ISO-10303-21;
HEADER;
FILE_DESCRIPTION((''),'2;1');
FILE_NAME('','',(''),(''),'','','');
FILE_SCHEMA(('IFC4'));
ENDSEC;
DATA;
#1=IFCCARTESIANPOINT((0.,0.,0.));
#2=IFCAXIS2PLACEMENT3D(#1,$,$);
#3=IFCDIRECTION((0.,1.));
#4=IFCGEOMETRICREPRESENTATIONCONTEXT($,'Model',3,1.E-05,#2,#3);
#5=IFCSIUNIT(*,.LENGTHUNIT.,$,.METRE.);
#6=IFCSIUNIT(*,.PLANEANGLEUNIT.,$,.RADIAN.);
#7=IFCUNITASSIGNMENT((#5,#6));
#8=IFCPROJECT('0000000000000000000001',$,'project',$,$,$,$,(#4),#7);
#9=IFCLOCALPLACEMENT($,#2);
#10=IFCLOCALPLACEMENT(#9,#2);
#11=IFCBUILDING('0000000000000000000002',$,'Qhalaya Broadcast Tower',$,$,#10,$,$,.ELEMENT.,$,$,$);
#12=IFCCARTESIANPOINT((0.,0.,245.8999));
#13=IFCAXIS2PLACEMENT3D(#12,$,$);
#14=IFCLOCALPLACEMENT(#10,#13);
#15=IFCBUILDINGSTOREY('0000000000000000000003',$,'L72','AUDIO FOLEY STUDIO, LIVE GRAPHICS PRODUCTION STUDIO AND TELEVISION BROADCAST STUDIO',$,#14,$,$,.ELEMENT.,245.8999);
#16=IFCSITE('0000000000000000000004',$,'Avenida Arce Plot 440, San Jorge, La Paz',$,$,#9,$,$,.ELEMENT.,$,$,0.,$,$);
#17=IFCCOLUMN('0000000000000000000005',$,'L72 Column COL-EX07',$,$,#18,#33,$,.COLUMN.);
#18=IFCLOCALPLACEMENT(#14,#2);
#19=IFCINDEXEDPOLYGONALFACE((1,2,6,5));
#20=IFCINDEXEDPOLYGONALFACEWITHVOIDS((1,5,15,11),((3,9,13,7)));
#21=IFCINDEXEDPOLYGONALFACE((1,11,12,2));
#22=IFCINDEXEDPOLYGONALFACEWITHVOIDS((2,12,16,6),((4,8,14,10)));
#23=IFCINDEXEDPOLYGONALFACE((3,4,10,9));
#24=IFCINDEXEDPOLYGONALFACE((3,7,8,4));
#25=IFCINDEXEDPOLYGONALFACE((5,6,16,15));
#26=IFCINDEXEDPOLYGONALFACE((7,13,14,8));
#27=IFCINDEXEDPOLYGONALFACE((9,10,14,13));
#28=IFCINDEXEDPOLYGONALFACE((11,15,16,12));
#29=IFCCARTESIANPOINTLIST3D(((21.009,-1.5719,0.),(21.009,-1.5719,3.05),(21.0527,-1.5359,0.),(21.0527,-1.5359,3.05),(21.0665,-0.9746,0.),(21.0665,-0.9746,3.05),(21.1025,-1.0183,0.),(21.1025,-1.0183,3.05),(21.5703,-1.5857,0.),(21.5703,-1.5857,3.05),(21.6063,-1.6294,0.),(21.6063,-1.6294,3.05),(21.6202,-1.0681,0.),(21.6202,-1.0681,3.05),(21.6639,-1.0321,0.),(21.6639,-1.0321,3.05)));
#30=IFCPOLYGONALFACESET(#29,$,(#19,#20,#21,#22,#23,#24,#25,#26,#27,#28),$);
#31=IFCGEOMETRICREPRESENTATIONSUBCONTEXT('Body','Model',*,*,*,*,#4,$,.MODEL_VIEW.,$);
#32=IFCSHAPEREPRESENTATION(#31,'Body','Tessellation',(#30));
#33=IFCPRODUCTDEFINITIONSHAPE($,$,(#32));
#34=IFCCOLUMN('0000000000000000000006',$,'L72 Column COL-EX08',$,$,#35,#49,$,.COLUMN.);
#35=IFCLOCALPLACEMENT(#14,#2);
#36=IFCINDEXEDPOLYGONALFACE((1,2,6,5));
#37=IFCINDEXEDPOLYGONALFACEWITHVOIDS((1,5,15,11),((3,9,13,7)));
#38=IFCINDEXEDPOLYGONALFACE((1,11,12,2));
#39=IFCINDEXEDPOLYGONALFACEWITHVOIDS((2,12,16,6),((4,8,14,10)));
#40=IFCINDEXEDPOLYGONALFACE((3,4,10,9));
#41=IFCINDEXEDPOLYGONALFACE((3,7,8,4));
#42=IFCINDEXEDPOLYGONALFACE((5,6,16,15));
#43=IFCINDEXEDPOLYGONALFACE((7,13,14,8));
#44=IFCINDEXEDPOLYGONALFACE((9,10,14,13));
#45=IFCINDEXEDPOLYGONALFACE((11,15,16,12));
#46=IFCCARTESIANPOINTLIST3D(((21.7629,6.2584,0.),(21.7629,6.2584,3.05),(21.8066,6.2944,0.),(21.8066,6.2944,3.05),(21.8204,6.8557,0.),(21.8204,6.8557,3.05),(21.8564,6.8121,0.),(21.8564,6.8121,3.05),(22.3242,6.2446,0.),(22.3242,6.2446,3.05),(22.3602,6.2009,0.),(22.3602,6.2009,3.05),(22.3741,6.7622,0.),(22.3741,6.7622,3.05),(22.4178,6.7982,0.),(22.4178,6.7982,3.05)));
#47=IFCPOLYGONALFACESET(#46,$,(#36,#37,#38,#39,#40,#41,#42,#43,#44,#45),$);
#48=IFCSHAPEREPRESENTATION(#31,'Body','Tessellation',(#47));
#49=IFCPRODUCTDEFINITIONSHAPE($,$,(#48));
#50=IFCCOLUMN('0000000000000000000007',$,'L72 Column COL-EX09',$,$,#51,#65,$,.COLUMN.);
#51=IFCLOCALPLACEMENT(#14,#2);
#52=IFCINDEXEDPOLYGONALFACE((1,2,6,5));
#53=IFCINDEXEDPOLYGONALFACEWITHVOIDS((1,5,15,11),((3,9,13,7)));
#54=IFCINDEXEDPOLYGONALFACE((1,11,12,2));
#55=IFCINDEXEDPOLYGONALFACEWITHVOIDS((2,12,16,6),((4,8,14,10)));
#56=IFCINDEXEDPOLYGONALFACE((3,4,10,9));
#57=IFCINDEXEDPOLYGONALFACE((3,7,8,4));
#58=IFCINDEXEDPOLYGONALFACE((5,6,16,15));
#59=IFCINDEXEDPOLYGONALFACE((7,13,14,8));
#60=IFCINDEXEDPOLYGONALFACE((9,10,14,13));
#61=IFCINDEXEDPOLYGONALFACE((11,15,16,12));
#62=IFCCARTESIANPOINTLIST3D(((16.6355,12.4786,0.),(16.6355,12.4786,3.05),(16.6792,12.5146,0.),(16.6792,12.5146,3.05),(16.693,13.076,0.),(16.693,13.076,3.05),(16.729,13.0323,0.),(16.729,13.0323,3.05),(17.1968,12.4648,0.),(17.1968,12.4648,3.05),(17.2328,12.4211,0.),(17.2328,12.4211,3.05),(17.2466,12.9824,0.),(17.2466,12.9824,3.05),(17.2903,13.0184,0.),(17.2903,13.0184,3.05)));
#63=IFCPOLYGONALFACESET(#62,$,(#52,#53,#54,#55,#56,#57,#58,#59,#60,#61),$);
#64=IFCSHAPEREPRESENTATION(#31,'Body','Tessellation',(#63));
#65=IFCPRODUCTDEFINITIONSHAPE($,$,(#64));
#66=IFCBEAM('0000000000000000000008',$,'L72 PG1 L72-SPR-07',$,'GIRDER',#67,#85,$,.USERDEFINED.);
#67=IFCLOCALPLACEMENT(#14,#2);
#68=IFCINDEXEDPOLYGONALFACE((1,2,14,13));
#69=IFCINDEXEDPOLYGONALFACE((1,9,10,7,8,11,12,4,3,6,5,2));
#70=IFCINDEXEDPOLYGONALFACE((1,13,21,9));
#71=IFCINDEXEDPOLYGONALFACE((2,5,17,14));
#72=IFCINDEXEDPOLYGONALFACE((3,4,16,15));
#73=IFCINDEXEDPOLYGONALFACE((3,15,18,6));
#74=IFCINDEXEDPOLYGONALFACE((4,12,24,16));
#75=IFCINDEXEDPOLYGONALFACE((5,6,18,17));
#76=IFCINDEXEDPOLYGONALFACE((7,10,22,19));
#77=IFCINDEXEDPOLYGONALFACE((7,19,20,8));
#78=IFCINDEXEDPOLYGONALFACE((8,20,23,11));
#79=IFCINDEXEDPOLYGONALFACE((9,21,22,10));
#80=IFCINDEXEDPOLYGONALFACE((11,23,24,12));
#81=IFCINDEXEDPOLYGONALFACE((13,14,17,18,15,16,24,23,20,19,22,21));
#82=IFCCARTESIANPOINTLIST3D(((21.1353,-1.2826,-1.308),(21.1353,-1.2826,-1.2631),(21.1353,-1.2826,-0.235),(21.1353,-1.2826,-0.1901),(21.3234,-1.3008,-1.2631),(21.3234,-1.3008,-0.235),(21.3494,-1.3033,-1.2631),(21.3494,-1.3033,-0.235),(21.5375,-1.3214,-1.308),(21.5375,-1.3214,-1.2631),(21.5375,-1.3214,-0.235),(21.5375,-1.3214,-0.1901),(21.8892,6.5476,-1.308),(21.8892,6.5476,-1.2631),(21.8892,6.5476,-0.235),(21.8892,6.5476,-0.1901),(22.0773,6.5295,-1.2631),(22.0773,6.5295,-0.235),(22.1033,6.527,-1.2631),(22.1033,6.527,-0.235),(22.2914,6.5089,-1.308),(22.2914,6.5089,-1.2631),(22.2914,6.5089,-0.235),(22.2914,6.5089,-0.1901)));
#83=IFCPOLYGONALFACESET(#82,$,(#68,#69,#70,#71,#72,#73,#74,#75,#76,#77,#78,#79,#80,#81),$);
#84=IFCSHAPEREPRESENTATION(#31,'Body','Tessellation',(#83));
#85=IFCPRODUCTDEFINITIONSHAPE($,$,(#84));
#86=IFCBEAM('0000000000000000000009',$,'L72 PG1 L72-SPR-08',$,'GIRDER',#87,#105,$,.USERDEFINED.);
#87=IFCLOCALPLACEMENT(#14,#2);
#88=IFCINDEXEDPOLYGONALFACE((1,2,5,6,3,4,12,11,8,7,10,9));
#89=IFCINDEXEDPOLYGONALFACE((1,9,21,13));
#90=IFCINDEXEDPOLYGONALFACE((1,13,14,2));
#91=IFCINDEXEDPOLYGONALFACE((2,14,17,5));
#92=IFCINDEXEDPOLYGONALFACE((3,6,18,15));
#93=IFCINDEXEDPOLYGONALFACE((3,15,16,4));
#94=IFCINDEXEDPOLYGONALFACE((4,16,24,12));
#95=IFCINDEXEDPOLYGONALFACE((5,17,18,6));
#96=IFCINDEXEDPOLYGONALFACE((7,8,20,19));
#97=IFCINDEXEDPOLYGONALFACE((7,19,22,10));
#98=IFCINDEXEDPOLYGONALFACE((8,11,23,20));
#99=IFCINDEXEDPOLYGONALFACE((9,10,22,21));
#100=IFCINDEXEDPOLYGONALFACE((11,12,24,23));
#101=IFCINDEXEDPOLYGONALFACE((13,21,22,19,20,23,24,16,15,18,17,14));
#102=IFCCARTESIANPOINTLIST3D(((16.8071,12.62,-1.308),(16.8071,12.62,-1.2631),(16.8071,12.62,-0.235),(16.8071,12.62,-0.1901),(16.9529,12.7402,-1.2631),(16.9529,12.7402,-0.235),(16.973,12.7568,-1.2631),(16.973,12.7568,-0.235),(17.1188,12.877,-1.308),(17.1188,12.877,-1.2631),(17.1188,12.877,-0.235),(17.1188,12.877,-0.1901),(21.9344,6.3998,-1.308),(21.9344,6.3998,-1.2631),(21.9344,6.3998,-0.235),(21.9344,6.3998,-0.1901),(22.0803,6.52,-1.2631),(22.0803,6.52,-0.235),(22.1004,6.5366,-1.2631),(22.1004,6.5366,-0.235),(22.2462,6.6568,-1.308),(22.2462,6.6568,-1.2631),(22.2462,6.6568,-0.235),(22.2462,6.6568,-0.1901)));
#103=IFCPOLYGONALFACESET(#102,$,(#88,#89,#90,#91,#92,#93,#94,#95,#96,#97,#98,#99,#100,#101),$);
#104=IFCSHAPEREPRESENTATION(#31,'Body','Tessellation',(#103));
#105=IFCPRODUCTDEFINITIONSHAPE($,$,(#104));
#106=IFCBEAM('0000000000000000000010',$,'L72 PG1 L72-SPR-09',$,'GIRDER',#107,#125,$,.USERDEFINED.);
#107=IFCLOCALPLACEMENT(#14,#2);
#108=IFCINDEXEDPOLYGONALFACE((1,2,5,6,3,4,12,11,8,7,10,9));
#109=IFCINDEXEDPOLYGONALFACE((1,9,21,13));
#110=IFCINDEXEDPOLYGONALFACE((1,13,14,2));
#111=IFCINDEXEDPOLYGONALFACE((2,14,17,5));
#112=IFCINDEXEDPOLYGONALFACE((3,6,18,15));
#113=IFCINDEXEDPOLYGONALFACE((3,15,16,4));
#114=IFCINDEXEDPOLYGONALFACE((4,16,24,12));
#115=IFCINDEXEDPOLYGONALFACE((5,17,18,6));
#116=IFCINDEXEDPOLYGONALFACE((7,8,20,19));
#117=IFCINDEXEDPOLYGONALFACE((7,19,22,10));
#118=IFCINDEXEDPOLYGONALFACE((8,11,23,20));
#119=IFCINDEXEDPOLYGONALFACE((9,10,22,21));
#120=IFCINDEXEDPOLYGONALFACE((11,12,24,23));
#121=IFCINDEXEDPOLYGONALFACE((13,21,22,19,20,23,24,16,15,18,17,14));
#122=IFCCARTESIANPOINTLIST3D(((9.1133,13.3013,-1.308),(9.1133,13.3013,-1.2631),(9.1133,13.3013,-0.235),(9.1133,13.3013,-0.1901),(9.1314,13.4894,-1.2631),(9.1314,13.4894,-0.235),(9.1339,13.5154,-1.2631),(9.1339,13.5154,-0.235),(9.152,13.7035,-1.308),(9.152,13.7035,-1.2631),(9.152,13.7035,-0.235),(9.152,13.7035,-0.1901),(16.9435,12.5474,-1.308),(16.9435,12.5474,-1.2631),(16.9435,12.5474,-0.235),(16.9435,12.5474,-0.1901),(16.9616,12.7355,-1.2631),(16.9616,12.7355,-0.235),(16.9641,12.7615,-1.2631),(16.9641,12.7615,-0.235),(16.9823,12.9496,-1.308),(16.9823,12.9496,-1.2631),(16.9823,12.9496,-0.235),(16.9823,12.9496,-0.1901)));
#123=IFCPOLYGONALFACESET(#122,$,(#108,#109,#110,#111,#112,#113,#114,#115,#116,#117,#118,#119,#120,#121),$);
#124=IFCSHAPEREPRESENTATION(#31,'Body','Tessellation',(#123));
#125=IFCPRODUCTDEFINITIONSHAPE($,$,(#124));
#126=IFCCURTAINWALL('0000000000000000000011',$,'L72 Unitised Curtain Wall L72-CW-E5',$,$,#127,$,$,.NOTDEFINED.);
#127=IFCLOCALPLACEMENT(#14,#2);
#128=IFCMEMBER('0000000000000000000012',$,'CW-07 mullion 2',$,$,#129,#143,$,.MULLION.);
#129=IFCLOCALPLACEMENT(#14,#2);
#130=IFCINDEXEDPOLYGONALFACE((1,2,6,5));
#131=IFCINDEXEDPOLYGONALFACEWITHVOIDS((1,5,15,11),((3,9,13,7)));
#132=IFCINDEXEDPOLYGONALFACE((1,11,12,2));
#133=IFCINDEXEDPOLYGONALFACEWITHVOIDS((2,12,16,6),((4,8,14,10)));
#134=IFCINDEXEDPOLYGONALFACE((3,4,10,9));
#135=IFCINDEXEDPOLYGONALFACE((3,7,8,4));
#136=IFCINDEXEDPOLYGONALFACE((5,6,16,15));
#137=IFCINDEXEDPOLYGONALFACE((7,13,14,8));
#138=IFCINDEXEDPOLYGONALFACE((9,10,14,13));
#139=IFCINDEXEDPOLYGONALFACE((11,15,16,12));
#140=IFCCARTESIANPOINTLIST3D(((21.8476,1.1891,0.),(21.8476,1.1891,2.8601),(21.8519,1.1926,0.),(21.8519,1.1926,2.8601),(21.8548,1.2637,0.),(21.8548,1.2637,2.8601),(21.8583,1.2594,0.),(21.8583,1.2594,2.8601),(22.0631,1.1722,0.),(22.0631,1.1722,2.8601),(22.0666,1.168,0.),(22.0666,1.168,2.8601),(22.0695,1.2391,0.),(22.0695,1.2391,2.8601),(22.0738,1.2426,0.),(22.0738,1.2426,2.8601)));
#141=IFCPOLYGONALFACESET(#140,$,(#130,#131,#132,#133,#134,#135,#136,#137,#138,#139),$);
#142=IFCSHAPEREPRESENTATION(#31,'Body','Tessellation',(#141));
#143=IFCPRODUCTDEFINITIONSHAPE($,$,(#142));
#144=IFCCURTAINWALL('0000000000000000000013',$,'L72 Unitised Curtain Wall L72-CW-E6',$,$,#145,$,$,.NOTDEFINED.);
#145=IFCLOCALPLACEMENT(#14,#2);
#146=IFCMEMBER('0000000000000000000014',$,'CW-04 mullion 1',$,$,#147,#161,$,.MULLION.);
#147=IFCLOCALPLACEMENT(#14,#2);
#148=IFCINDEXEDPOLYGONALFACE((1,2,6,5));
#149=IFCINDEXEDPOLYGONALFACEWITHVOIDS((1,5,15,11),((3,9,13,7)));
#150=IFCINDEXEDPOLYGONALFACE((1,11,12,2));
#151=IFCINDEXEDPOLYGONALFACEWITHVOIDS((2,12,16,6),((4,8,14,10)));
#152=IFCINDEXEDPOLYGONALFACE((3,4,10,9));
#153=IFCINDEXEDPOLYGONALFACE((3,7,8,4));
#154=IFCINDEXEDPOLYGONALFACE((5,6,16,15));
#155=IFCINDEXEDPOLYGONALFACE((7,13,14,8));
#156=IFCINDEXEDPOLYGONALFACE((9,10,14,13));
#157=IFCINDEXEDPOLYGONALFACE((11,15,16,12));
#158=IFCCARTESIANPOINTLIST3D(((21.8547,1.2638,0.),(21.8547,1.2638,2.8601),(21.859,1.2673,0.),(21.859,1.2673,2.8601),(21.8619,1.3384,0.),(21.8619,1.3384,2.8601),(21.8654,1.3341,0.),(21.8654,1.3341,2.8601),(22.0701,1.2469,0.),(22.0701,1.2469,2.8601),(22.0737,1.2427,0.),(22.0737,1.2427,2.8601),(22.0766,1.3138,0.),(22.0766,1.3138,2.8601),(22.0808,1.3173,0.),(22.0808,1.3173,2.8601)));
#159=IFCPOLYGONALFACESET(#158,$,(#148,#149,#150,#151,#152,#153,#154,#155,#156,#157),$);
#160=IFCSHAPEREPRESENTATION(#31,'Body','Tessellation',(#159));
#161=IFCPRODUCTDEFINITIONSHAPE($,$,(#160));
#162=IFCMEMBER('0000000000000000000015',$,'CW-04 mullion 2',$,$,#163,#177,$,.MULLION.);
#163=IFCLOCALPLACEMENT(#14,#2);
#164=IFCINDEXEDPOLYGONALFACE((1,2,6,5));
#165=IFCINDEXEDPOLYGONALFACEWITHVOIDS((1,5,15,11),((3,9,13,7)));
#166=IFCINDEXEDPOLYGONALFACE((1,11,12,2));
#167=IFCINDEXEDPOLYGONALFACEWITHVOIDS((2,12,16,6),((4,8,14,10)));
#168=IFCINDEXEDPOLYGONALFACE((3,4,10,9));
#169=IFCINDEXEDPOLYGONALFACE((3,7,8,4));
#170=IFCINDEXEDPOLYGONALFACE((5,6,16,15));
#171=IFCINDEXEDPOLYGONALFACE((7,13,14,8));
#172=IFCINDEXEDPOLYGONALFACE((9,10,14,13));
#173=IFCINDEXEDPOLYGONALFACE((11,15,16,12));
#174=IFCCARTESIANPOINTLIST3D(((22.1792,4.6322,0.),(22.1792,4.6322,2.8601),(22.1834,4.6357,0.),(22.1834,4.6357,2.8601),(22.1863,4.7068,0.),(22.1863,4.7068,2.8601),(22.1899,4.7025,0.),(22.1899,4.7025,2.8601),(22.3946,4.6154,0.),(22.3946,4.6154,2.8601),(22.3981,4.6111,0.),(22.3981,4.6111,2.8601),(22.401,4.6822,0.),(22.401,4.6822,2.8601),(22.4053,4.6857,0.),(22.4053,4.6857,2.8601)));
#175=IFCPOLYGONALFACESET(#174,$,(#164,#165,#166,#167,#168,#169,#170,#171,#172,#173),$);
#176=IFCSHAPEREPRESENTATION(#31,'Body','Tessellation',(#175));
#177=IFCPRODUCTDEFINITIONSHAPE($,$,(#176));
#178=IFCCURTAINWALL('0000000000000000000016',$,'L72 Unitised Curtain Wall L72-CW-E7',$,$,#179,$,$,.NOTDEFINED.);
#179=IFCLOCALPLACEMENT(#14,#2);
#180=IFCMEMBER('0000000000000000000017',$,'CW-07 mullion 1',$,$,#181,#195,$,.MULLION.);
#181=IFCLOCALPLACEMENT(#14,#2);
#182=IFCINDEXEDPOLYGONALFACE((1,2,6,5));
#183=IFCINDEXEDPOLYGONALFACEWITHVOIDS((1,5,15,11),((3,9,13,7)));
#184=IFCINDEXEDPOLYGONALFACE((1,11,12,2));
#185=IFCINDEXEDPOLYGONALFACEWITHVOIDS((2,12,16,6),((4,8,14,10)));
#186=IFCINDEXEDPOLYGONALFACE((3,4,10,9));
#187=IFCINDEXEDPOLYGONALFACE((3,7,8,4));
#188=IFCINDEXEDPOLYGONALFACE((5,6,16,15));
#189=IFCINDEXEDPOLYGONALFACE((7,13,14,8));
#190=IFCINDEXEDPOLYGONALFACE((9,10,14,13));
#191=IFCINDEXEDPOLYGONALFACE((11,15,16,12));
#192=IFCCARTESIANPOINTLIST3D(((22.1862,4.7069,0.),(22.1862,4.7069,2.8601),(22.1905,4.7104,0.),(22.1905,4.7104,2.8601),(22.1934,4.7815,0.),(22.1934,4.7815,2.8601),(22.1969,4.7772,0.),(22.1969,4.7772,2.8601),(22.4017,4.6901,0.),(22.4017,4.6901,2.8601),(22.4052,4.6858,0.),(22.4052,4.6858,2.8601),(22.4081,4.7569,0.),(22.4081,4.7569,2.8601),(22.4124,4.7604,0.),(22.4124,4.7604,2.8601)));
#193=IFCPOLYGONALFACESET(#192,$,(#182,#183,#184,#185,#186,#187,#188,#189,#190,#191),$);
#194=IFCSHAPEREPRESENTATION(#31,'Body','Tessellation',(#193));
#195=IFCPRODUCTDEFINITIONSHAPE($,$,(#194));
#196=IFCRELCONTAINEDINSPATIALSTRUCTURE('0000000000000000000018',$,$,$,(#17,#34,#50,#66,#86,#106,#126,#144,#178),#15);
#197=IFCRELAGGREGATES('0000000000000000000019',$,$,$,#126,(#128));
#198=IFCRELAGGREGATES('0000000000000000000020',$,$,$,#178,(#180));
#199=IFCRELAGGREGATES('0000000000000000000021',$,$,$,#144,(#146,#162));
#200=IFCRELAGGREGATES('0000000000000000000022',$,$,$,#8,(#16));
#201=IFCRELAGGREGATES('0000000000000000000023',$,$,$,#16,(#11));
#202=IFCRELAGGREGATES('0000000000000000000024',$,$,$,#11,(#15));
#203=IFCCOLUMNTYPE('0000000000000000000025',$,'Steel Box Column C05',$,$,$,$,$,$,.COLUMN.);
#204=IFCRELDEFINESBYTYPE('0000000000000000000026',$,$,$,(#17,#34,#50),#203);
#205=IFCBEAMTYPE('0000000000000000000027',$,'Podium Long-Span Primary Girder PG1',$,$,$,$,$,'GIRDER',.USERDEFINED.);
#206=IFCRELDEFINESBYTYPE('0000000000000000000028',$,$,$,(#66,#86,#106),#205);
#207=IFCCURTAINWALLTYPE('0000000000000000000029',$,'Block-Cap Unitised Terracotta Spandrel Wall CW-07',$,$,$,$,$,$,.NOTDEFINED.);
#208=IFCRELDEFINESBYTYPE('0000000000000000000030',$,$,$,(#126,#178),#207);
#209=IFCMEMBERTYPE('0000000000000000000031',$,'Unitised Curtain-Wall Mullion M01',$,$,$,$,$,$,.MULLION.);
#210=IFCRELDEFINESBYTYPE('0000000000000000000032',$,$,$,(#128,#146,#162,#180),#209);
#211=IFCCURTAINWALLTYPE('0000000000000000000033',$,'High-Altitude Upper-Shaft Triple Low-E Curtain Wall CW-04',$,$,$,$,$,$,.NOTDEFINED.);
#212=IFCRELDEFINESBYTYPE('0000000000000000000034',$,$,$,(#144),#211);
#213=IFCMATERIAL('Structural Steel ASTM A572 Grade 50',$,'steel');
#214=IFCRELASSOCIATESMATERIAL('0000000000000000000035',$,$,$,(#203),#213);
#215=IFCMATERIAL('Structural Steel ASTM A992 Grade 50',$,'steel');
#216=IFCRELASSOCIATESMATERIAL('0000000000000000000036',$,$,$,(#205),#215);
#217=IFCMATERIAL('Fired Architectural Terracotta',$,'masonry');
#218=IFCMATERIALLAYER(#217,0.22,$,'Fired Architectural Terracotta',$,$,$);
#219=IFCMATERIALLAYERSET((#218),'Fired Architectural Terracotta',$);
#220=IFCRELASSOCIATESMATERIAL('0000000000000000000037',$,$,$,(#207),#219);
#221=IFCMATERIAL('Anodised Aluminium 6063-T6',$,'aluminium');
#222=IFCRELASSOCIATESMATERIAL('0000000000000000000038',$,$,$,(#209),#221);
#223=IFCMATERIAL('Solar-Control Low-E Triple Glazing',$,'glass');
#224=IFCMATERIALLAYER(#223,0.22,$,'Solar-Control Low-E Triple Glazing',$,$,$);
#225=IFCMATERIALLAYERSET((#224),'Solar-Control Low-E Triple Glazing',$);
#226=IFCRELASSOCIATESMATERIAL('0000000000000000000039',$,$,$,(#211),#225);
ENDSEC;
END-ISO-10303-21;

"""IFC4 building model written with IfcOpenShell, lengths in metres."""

from ifc_helpers import new_model, si_unit, direction, frame, origin, origin_2d, place, context, subcontext, project, spatial, hollow_rectangle, i_section, extrude, material, layer, layer_set, material_profile, profile_set, type_object, element, aggregate, save


model = new_model("IFC4")

# Units and contexts
model_context = context("Model", 3, precision=1e-05, world=origin(), true_north=direction((0.0, 1.0)))
body_context = subcontext(model_context, "Body", "Model", "MODEL_VIEW")
ifc_project = project(units=[si_unit("LENGTHUNIT", "METRE"), si_unit("PLANEANGLEUNIT", "RADIAN")], contexts=[model_context])

# Site, building, storey
site_placement = place(None, origin())
site = spatial("IfcSite", under=ifc_project, at=site_placement, Name="Avenida Arce Plot 440, San Jorge, La Paz", CompositionType="ELEMENT", RefElevation=0.0)
building_placement = place(site_placement, origin())
building = spatial("IfcBuilding", under=site, at=building_placement, Name="Qhalaya Broadcast Tower", CompositionType="ELEMENT")
storey_placement = place(building_placement, frame((0.0, 0.0, 245.8999)))
storey = spatial("IfcBuildingStorey", under=building, at=storey_placement, Name="L72", Description="AUDIO FOLEY STUDIO, LIVE GRAPHICS PRODUCTION STUDIO AND TELEVISION BROADCAST STUDIO", CompositionType="ELEMENT", Elevation=245.8999)

# Columns
ifc_material_1 = material(Name="Structural Steel ASTM A572 Grade 50", Category="steel")
ifc_material_profile_1 = material_profile(ifc_material_1, hollow_rectangle(XDim=0.6001, YDim=0.6001, WallThickness=0.04, at=origin_2d()), Name="BOX 600x600x40")
ifc_profile_set_1 = profile_set([ifc_material_profile_1], Name="Structural Steel ASTM A572 Grade 50")
column_type = type_object("IfcColumnType", Name="Steel Box Column C05", PredefinedType="COLUMN", material=ifc_profile_set_1)
for number, where, z_axis, x_axis, name in (
    (1, (21.3364, -1.302, 0.0), (0.0, 0.0, 1.0), (0.095846, 0.995396, 0.0), "L72 Column COL-EX07"),
    (2, (22.0903, 6.5283, 0.0), (0.0, 0.0, 1.0), (0.095846, 0.995396, 0.0), "L72 Column COL-EX08"),
    (3, (16.9629, 12.7485, 0.0), (0.0, 0.0, 1.0), (0.995396, -0.095846, 0.0), "L72 Column COL-EX09"),
):
    element("IfcColumn", number, at=place(storey_placement, frame(where, z_axis=z_axis, x_axis=x_axis)), inside=storey, type_object=column_type, Name=name, PredefinedType="COLUMN", context=body_context, shape_type="SweptSolid", body=[
        extrude(hollow_rectangle(XDim=0.6001, YDim=0.6001, WallThickness=0.04, at=origin_2d()), origin(), (0.0, 0.0, 1.0), 3.05),
    ])

# Beams
ifc_material_2 = material(Name="Structural Steel ASTM A992 Grade 50", Category="steel")
ifc_material_profile_2 = material_profile(ifc_material_2, i_section(OverallWidth=0.4041, OverallDepth=1.1179, WebThickness=0.0261, FlangeThickness=0.0449, at=origin_2d()), Name="W44X335")
ifc_profile_set_2 = profile_set([ifc_material_profile_2], Name="Structural Steel ASTM A992 Grade 50")
beam_type = type_object("IfcBeamType", Name="Podium Long-Span Primary Girder PG1", ElementType="GIRDER", PredefinedType="USERDEFINED", material=ifc_profile_set_2)
beam_1_placement = place(storey_placement, frame((21.3364, -1.302, -0.749), z_axis=(0.095837, 0.995397, 0.0), x_axis=(-0.995397, 0.095837, 0.0)))
element("IfcBeam", 4, at=beam_1_placement, inside=storey, type_object=beam_type, Name="L72 PG1 L72-SPR-07", ObjectType="GIRDER", PredefinedType="USERDEFINED", context=body_context, shape_type="SweptSolid", body=[
    extrude(i_section(OverallWidth=0.4041, OverallDepth=1.1179, WebThickness=0.0261, FlangeThickness=0.0449, at=origin_2d()), origin(), (0.0, 0.0, 1.0), 7.8665),
])
beam_2_placement = place(storey_placement, frame((22.0903, 6.5283, -0.749), z_axis=(-0.63607, 0.771631, 0.0), x_axis=(-0.771631, -0.63607, 0.0)))
element("IfcBeam", 5, at=beam_2_placement, inside=storey, type_object=beam_type, Name="L72 PG1 L72-SPR-08", ObjectType="GIRDER", PredefinedType="USERDEFINED", context=body_context, shape_type="SweptSolid", body=[
    extrude(i_section(OverallWidth=0.4041, OverallDepth=1.1179, WebThickness=0.0261, FlangeThickness=0.0449, at=origin_2d()), origin(), (0.0, 0.0, 1.0), 8.061),
])
beam_3_placement = place(storey_placement, frame((16.9629, 12.7485, -0.749), z_axis=(-0.995397, 0.095837, 0.0), x_axis=(-0.095837, -0.995397, 0.0)))
element("IfcBeam", 6, at=beam_3_placement, inside=storey, type_object=beam_type, Name="L72 PG1 L72-SPR-09", ObjectType="GIRDER", PredefinedType="USERDEFINED", context=body_context, shape_type="SweptSolid", body=[
    extrude(i_section(OverallWidth=0.4041, OverallDepth=1.1179, WebThickness=0.0261, FlangeThickness=0.0449, at=origin_2d()), origin(), (0.0, 0.0, 1.0), 7.8665),
])

# Curtain wall, member
ifc_material_3 = material(Name="Fired Architectural Terracotta", Category="masonry")
ifc_layer_1 = layer(ifc_material_3, 0.22, Name="Fired Architectural Terracotta")
ifc_layer_set_1 = layer_set([ifc_layer_1], Name="Fired Architectural Terracotta")
curtain_wall_type_1 = type_object("IfcCurtainWallType", Name="Block-Cap Unitised Terracotta Spandrel Wall CW-07", PredefinedType="NOTDEFINED", material=ifc_layer_set_1)
curtain_wall_1_placement = place(storey_placement, origin())
curtain_wall_1 = element("IfcCurtainWall", 7, at=curtain_wall_1_placement, inside=storey, type_object=curtain_wall_type_1, Name="L72 Unitised Curtain Wall L72-CW-E5", PredefinedType="NOTDEFINED")
ifc_material_4 = material(Name="Anodised Aluminium 6063-T6", Category="aluminium")
ifc_material_profile_3 = material_profile(ifc_material_4, hollow_rectangle(XDim=0.075, YDim=0.22, WallThickness=0.0039, at=origin_2d()), Name="ALU-MUL 75x220x4")
ifc_profile_set_3 = profile_set([ifc_material_profile_3], Name="Anodised Aluminium 6063-T6")
member_type_1 = type_object("IfcMemberType", Name="Unitised Curtain-Wall Mullion M01", PredefinedType="MULLION", material=ifc_profile_set_3)
member_1_placement = place(storey_placement, frame((21.9607, 1.2158, 0.0), z_axis=(0.0, 0.0, 1.0), x_axis=(0.09586, 0.995395, 0.0)))
member_1 = element("IfcMember", 8, at=member_1_placement, type_object=member_type_1, Name="CW-07 mullion 2", PredefinedType="MULLION", context=body_context, shape_type="SweptSolid", body=[
    extrude(hollow_rectangle(XDim=0.075, YDim=0.22, WallThickness=0.0039, at=origin_2d()), origin(), (0.0, 0.0, 1.0), 2.8601),
])

# Curtain walls, members
ifc_material_5 = material(Name="Solar-Control Low-E Triple Glazing", Category="glass")
ifc_layer_2 = layer(ifc_material_5, 0.22, Name="Solar-Control Low-E Triple Glazing")
ifc_layer_set_2 = layer_set([ifc_layer_2], Name="Solar-Control Low-E Triple Glazing")
curtain_wall_type_2 = type_object("IfcCurtainWallType", Name="High-Altitude Upper-Shaft Triple Low-E Curtain Wall CW-04", PredefinedType="NOTDEFINED", material=ifc_layer_set_2)
curtain_wall_2_placement = place(storey_placement, origin())
curtain_wall_2 = element("IfcCurtainWall", 9, at=curtain_wall_2_placement, inside=storey, type_object=curtain_wall_type_2, Name="L72 Unitised Curtain Wall L72-CW-E6", PredefinedType="NOTDEFINED")
member_2_placement = place(storey_placement, frame((21.9678, 1.2905, 0.0), z_axis=(0.0, 0.0, 1.0), x_axis=(0.095839, 0.995397, 0.0)))
member_2 = element("IfcMember", 10, at=member_2_placement, type_object=member_type_1, Name="CW-04 mullion 1", PredefinedType="MULLION", context=body_context, shape_type="SweptSolid", body=[
    extrude(hollow_rectangle(XDim=0.075, YDim=0.22, WallThickness=0.0039, at=origin_2d()), origin(), (0.0, 0.0, 1.0), 2.8601),
])
member_3_placement = place(storey_placement, frame((22.2922, 4.6589, 0.0), z_axis=(0.0, 0.0, 1.0), x_axis=(0.095839, 0.995397, 0.0)))
member_3 = element("IfcMember", 11, at=member_3_placement, type_object=member_type_1, Name="CW-04 mullion 2", PredefinedType="MULLION", context=body_context, shape_type="SweptSolid", body=[
    extrude(hollow_rectangle(XDim=0.075, YDim=0.22, WallThickness=0.0039, at=origin_2d()), origin(), (0.0, 0.0, 1.0), 2.8601),
])
curtain_wall_3_placement = place(storey_placement, origin())
curtain_wall_3 = element("IfcCurtainWall", 12, at=curtain_wall_3_placement, inside=storey, type_object=curtain_wall_type_1, Name="L72 Unitised Curtain Wall L72-CW-E7", PredefinedType="NOTDEFINED")
member_4_placement = place(storey_placement, frame((22.2993, 4.7336, 0.0), z_axis=(0.0, 0.0, 1.0), x_axis=(0.09584, 0.995397, 0.0)))
member_4 = element("IfcMember", 13, at=member_4_placement, type_object=member_type_1, Name="CW-07 mullion 1", PredefinedType="MULLION", context=body_context, shape_type="SweptSolid", body=[
    extrude(hollow_rectangle(XDim=0.075, YDim=0.22, WallThickness=0.0039, at=origin_2d()), origin(), (0.0, 0.0, 1.0), 2.8601),
])

aggregate(curtain_wall_1, [member_1])
aggregate(curtain_wall_3, [member_4])
aggregate(curtain_wall_2, [member_2, member_3])

save(model, "model.ifc")
